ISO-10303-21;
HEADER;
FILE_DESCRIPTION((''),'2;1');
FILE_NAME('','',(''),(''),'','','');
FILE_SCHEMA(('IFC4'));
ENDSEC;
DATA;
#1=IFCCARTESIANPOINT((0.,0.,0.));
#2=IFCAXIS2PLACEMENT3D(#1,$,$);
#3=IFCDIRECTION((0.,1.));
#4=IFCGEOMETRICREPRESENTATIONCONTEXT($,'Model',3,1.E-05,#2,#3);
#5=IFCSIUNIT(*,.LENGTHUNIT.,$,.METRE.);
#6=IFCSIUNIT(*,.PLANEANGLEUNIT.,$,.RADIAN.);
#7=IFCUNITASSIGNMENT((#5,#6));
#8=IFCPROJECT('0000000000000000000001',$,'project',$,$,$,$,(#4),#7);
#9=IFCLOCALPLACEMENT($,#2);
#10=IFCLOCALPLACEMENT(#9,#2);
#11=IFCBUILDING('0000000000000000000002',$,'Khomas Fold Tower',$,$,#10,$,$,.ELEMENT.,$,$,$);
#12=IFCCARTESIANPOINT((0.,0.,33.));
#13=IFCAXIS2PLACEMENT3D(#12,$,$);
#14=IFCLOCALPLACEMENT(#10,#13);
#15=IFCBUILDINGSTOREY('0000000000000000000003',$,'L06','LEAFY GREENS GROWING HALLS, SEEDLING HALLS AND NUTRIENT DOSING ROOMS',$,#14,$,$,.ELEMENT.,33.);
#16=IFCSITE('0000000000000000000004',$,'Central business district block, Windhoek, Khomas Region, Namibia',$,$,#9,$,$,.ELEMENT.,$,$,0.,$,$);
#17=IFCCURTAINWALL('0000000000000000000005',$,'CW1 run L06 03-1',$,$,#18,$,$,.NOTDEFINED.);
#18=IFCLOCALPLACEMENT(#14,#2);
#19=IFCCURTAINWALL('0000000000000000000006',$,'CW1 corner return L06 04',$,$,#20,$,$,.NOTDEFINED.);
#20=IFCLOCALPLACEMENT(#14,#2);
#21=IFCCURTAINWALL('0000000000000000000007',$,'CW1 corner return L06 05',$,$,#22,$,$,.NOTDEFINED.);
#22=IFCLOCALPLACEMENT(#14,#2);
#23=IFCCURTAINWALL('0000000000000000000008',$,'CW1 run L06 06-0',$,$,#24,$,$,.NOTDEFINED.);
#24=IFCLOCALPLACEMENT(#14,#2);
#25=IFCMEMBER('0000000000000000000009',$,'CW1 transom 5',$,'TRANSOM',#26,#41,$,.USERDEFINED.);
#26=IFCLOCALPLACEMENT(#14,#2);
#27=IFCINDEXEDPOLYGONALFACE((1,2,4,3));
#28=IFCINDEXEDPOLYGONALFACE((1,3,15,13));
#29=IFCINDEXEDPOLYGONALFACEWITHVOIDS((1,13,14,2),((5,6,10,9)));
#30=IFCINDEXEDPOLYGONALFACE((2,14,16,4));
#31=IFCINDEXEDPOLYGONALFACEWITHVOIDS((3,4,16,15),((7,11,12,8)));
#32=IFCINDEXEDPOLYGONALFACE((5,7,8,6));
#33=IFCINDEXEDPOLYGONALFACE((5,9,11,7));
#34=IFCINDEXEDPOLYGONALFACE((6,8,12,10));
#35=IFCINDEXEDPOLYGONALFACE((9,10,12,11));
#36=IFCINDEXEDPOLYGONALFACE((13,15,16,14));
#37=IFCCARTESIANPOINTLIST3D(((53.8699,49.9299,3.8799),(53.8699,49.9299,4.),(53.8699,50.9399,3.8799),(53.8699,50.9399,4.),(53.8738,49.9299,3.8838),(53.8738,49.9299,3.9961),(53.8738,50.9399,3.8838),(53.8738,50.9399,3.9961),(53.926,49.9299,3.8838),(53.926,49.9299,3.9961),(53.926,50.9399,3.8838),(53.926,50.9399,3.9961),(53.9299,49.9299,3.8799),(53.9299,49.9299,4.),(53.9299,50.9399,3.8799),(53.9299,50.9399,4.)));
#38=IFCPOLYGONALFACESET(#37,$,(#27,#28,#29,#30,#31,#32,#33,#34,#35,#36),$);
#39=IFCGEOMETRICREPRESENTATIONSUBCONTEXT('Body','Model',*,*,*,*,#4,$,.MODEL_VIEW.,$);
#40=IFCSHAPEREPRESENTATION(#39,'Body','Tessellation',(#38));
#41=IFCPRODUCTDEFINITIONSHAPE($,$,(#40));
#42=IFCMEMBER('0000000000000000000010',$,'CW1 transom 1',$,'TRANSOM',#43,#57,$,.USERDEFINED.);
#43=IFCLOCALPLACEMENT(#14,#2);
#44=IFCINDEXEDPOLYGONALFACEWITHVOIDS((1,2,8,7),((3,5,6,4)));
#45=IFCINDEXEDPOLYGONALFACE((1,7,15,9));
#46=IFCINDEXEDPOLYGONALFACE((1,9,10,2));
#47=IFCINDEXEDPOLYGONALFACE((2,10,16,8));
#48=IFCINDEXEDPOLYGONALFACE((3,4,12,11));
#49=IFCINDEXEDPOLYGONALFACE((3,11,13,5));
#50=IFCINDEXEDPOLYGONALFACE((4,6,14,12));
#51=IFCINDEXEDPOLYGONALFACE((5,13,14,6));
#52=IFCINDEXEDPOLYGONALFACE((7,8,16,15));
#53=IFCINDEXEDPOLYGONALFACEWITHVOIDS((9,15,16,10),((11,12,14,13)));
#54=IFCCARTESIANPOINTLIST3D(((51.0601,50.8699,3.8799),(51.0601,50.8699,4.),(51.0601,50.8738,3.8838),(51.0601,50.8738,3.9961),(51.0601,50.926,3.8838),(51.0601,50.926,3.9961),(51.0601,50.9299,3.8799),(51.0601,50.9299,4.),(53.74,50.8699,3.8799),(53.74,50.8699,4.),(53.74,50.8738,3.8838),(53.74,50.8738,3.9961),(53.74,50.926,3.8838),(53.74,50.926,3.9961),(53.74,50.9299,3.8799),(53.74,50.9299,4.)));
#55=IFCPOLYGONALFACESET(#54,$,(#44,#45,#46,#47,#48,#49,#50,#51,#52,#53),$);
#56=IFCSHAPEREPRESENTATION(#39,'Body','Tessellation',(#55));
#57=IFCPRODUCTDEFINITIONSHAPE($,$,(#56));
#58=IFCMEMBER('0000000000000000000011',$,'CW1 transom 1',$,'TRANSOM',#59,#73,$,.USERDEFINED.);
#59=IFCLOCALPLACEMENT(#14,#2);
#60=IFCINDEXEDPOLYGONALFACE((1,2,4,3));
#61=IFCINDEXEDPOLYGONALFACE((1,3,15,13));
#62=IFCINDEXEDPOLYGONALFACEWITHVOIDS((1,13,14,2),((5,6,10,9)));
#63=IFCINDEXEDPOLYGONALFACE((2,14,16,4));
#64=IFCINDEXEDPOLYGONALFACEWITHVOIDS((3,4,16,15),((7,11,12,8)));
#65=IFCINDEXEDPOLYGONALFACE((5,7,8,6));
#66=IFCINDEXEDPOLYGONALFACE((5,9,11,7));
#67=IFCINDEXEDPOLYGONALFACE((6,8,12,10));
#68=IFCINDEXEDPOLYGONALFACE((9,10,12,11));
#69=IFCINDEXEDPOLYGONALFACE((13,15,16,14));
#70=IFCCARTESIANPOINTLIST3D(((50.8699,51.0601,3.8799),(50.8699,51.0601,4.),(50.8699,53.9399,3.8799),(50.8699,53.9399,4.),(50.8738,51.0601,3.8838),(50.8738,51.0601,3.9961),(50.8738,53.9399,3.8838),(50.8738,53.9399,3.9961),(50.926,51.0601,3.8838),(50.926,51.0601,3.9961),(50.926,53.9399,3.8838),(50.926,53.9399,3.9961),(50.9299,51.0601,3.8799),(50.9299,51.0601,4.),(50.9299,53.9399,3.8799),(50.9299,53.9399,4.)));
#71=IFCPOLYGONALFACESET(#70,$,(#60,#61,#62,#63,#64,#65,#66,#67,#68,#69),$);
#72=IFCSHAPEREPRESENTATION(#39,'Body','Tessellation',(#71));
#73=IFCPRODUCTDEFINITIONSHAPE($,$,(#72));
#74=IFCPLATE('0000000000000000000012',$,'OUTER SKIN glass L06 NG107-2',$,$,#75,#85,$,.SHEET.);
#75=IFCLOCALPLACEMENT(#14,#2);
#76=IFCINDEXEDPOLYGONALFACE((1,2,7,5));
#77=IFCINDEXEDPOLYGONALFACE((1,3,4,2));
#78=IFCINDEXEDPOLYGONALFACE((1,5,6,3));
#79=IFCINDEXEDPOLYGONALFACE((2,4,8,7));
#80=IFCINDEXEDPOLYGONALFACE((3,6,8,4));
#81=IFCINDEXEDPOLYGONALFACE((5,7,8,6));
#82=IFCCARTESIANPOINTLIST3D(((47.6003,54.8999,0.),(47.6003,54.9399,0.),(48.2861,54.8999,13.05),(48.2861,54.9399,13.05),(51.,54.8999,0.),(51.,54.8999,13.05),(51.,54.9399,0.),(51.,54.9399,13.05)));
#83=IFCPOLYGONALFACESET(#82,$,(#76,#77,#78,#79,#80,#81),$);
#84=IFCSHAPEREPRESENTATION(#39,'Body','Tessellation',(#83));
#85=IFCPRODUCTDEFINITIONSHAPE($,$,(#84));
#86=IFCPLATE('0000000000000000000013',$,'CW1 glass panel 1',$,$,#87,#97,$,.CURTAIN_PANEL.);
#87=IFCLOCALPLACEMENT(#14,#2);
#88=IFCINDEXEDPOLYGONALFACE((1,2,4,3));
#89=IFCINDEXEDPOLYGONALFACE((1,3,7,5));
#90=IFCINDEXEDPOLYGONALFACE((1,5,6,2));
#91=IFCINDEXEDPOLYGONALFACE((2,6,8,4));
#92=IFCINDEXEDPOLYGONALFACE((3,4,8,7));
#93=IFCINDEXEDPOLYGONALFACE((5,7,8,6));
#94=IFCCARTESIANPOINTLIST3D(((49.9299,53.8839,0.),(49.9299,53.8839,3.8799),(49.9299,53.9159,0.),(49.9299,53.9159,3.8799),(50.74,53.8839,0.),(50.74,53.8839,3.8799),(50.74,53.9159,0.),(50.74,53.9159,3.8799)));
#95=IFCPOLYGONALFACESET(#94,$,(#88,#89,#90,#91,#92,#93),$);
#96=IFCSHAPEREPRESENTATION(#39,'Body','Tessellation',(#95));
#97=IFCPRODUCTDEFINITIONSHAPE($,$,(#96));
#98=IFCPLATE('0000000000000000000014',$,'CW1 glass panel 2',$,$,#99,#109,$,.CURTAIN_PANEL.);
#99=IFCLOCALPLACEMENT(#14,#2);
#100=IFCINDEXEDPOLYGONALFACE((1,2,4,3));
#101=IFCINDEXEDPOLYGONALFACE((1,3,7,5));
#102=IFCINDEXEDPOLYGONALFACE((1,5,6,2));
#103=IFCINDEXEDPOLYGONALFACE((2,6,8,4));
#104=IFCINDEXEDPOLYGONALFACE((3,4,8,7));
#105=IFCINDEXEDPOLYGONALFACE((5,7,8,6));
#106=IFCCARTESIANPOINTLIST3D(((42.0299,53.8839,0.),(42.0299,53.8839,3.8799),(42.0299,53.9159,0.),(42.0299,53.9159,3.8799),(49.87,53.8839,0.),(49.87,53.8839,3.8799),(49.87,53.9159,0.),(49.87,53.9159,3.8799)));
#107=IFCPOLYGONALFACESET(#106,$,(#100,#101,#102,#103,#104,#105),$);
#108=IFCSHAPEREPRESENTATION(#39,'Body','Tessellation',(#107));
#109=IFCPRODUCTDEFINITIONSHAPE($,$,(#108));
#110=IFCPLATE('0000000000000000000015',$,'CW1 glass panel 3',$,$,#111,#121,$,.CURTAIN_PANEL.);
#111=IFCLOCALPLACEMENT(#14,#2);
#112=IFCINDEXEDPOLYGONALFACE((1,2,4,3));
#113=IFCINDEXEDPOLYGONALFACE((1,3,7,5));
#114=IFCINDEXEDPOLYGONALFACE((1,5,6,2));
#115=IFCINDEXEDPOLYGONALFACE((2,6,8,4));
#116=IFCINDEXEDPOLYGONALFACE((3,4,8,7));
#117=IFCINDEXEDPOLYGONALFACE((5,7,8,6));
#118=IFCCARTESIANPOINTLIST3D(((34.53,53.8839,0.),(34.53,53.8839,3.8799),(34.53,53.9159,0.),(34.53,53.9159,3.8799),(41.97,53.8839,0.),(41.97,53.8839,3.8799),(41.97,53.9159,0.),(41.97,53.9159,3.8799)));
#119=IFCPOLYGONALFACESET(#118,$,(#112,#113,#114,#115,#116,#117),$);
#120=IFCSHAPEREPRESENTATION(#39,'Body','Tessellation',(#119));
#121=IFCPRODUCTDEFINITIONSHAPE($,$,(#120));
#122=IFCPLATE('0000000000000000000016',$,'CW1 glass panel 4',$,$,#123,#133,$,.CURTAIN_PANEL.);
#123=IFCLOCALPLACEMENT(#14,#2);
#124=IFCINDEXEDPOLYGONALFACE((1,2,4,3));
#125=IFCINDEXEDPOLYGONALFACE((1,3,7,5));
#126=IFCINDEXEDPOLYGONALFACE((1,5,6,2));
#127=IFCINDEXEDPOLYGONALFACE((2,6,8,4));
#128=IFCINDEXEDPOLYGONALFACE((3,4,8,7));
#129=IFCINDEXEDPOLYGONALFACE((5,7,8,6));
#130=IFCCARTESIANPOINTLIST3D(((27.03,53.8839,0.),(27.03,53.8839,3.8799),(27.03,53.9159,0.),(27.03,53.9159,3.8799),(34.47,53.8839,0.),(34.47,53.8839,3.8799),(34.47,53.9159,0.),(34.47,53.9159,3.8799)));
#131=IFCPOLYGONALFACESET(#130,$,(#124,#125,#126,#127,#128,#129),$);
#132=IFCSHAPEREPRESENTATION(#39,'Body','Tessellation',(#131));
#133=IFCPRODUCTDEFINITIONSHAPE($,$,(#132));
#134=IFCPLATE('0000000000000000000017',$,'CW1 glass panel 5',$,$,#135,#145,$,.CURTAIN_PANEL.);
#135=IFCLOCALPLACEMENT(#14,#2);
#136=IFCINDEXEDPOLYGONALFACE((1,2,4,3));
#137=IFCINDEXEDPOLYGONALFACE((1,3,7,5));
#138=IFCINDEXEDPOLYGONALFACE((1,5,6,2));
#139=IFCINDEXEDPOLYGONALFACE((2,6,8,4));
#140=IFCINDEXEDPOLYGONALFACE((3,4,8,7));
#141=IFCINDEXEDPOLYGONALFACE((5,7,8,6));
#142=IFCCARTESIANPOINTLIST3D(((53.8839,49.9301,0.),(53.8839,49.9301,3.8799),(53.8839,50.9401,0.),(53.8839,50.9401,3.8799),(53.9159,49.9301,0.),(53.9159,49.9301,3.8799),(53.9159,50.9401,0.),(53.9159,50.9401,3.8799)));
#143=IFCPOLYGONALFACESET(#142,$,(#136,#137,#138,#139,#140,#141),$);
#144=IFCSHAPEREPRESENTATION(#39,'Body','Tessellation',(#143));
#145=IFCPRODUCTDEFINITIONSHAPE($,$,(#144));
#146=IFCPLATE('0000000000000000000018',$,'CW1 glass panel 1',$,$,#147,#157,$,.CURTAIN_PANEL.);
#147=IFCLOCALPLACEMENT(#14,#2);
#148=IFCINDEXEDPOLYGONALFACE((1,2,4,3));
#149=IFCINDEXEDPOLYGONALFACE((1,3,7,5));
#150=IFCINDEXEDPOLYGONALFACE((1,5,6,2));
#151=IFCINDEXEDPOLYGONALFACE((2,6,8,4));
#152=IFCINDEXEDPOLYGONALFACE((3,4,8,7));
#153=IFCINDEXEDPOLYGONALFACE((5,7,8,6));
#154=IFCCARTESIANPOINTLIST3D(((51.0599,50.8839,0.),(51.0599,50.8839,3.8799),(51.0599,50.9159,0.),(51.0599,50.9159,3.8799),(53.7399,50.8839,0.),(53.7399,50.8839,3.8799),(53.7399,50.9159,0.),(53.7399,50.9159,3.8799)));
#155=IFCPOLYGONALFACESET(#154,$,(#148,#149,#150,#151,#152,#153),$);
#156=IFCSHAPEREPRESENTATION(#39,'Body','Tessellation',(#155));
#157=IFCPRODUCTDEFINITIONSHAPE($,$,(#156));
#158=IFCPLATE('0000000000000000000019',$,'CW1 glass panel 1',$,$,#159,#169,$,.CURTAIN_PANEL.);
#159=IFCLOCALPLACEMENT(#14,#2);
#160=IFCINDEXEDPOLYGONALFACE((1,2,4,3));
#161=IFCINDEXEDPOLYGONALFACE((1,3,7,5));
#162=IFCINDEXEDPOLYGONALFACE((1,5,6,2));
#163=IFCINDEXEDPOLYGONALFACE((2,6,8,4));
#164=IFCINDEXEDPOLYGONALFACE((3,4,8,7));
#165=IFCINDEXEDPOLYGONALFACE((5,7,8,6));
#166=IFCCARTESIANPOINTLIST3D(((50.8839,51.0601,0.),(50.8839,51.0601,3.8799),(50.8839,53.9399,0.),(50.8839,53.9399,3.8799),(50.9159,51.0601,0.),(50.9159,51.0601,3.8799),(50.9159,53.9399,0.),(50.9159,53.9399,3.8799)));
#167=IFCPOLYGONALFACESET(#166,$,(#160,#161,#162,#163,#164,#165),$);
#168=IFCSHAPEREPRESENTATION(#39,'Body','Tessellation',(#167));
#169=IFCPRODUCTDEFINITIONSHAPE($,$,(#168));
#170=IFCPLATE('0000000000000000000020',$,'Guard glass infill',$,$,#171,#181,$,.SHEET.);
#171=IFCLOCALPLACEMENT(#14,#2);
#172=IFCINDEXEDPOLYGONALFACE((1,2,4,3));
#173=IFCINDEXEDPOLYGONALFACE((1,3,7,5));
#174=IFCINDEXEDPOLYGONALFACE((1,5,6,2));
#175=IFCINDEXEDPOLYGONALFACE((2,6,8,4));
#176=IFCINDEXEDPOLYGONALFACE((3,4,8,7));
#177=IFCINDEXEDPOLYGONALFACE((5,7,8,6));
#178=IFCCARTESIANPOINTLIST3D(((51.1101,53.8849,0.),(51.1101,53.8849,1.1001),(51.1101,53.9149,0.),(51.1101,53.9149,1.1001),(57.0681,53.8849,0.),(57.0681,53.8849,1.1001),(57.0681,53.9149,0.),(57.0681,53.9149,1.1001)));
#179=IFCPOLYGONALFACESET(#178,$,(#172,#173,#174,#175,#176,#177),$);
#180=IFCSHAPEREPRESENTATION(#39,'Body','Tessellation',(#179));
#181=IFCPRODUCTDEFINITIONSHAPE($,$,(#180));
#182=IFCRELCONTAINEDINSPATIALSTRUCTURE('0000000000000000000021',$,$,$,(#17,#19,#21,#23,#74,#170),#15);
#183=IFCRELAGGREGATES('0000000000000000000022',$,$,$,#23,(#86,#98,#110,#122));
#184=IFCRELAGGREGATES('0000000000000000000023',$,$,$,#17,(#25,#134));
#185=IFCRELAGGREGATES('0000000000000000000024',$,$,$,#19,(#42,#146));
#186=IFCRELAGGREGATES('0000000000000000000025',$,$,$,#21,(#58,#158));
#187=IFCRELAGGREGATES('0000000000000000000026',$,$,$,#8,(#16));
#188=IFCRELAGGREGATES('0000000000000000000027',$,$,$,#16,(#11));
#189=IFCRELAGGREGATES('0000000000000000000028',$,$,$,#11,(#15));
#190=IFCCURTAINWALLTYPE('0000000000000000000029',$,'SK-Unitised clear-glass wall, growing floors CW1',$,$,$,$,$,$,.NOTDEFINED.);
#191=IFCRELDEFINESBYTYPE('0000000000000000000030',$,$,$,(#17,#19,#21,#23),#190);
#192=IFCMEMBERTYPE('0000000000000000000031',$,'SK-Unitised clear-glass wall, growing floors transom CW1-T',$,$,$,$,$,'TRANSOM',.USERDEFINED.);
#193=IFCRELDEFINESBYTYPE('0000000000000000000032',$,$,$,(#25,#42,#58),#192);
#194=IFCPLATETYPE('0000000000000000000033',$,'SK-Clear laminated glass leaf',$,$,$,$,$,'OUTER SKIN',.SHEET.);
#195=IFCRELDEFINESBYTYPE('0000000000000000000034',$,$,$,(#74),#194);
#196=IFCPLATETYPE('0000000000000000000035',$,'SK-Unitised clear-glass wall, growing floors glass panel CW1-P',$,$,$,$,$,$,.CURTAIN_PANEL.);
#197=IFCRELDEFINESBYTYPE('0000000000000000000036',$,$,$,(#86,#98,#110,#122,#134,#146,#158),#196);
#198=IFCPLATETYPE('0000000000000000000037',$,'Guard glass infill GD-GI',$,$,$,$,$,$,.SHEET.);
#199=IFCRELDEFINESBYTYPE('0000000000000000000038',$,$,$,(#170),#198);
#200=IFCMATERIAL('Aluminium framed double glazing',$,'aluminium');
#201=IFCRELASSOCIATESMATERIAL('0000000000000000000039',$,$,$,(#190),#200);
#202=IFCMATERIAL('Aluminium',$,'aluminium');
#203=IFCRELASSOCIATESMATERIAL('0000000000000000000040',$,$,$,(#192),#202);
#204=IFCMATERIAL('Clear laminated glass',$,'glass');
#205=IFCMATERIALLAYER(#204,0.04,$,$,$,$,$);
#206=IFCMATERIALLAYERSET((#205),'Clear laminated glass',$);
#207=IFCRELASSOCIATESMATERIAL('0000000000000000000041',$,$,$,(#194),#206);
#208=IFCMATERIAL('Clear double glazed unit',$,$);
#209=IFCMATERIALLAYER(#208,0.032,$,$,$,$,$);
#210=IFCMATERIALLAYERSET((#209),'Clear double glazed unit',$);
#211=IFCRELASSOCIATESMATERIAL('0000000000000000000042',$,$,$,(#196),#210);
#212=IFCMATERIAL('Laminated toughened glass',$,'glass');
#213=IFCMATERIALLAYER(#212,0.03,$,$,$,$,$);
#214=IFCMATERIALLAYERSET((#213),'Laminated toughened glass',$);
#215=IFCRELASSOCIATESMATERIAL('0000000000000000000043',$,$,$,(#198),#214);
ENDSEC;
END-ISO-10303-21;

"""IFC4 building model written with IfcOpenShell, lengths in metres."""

from ifc_helpers import new_model, si_unit, direction, frame, origin, origin_2d, place, context, subcontext, project, spatial, polyline, rectangle, hollow_rectangle, outline, extrude, source, transform, mapped, material, layer, layer_set, material_profile, profile_set, type_object, element, aggregate, save


model = new_model("IFC4")

# Units and contexts
model_context = context("Model", 3, precision=1e-05, world=origin(), true_north=direction((0.0, 1.0)))
body_context = subcontext(model_context, "Body", "Model", "MODEL_VIEW")
ifc_project = project(units=[si_unit("LENGTHUNIT", "METRE"), si_unit("PLANEANGLEUNIT", "RADIAN")], contexts=[model_context])

# Site, building, storey
site_placement = place(None, origin())
site = spatial("IfcSite", under=ifc_project, at=site_placement, Name="Central business district block, Windhoek, Khomas Region, Namibia", CompositionType="ELEMENT", RefElevation=0.0)
building_placement = place(site_placement, origin())
building = spatial("IfcBuilding", under=site, at=building_placement, Name="Khomas Fold Tower", CompositionType="ELEMENT")
storey_placement = place(building_placement, frame((0.0, 0.0, 33.0)))
storey = spatial("IfcBuildingStorey", under=building, at=storey_placement, Name="L06", Description="LEAFY GREENS GROWING HALLS, SEEDLING HALLS AND NUTRIENT DOSING ROOMS", CompositionType="ELEMENT", Elevation=33.0)

# Curtain walls
ifc_material_1 = material(Name="Aluminium framed double glazing", Category="aluminium")
curtain_wall_type = type_object("IfcCurtainWallType", Name="SK-Unitised clear-glass wall, growing floors CW1", PredefinedType="NOTDEFINED", material=ifc_material_1)
curtain_wall_1_placement = place(storey_placement, origin())
curtain_wall_1 = element("IfcCurtainWall", 1, at=curtain_wall_1_placement, inside=storey, type_object=curtain_wall_type, Name="CW1 run L06 03-1", PredefinedType="NOTDEFINED")
curtain_wall_2_placement = place(storey_placement, origin())
curtain_wall_2 = element("IfcCurtainWall", 2, at=curtain_wall_2_placement, inside=storey, type_object=curtain_wall_type, Name="CW1 corner return L06 04", PredefinedType="NOTDEFINED")
curtain_wall_3_placement = place(storey_placement, origin())
curtain_wall_3 = element("IfcCurtainWall", 3, at=curtain_wall_3_placement, inside=storey, type_object=curtain_wall_type, Name="CW1 corner return L06 05", PredefinedType="NOTDEFINED")
curtain_wall_4_placement = place(storey_placement, origin())
curtain_wall_4 = element("IfcCurtainWall", 4, at=curtain_wall_4_placement, inside=storey, type_object=curtain_wall_type, Name="CW1 run L06 06-0", PredefinedType="NOTDEFINED")
ifc_material_2 = material(Name="Aluminium", Category="aluminium")
ifc_material_profile_1 = material_profile(ifc_material_2, hollow_rectangle(XDim=0.0601, YDim=0.1201, WallThickness=0.0039, at=origin_2d()), Name="SK-Unitised clear-glass wall, growing floors transom CW1-T")
ifc_profile_set_1 = profile_set([ifc_material_profile_1], Name="Aluminium")
member_type_1 = type_object("IfcMemberType", Name="SK-Unitised clear-glass wall, growing floors transom CW1-T", ElementType="TRANSOM", PredefinedType="USERDEFINED", material=ifc_profile_set_1)

# Members
shared_shape_1 = source(origin(), body_context, "Body", "SweptSolid", [
    extrude(hollow_rectangle(XDim=0.0601, YDim=0.1201, WallThickness=0.0039, at=origin_2d()), origin(), (0.0, 0.0, 1.0), 1.01),
])
member_1_placement = place(storey_placement, frame((53.8999, 49.9299, 3.9399), z_axis=(0.0, 1.0, 0.0), x_axis=(-1.0, 0.0, 0.0)))
member_1 = element("IfcMember", 5, at=member_1_placement, type_object=member_type_1, Name="CW1 transom 5", ObjectType="TRANSOM", PredefinedType="USERDEFINED", context=body_context, shape_type="MappedRepresentation", body=[
    mapped(shared_shape_1, transform((0.0, 0.0, 0.0))),
])
shared_shape_2 = source(origin(), body_context, "Body", "SweptSolid", [
    extrude(hollow_rectangle(XDim=0.0601, YDim=0.1201, WallThickness=0.0039, at=origin_2d()), origin(), (0.0, 0.0, 1.0), 2.6799),
])
member_2_placement = place(storey_placement, frame((53.74, 50.8999, 3.9399), z_axis=(-1.0, 0.0, 0.0), x_axis=(0.0, -1.0, 0.0)))
member_2 = element("IfcMember", 6, at=member_2_placement, type_object=member_type_1, Name="CW1 transom 1", ObjectType="TRANSOM", PredefinedType="USERDEFINED", context=body_context, shape_type="MappedRepresentation", body=[
    mapped(shared_shape_2, transform((0.0, 0.0, 0.0))),
])
shared_shape_3 = source(origin(), body_context, "Body", "SweptSolid", [
    extrude(hollow_rectangle(XDim=0.0601, YDim=0.1201, WallThickness=0.0039, at=origin_2d()), origin(), (0.0, 0.0, 1.0), 2.8799),
])
member_3_placement = place(storey_placement, frame((50.8999, 51.0601, 3.9399), z_axis=(0.0, 1.0, 0.0), x_axis=(-1.0, 0.0, 0.0)))
member_3 = element("IfcMember", 7, at=member_3_placement, type_object=member_type_1, Name="CW1 transom 1", ObjectType="TRANSOM", PredefinedType="USERDEFINED", context=body_context, shape_type="MappedRepresentation", body=[
    mapped(shared_shape_3, transform((0.0, 0.0, 0.0))),
])

# Plates
ifc_material_3 = material(Name="Clear laminated glass", Category="glass")
ifc_layer_1 = layer(ifc_material_3, 0.04)
ifc_layer_set_1 = layer_set([ifc_layer_1], Name="Clear laminated glass")
plate_type_1 = type_object("IfcPlateType", Name="SK-Clear laminated glass leaf", ElementType="OUTER SKIN", PredefinedType="SHEET", material=ifc_layer_set_1)
plate_1_placement = place(storey_placement, frame((47.6003, 54.9399, 0.0), z_axis=(0.0, 1.0, 0.0), x_axis=(0.052478, 0.0, 0.998622)))
element("IfcPlate", 8, at=plate_1_placement, inside=storey, type_object=plate_type_1, Name="OUTER SKIN glass L06 NG107-2", PredefinedType="SHEET", context=body_context, shape_type="SweptSolid", body=[
    extrude(outline(polyline([(0.0, 0.0), (13.0681, 0.0), (13.2105, 2.7101), (0.1784, 3.395), (0.0, 0.0)])), origin(), (0.0, 0.0, -1.0), 0.04),
])
ifc_material_4 = material(Name="Clear double glazed unit")
ifc_layer_2 = layer(ifc_material_4, 0.032)
ifc_layer_set_2 = layer_set([ifc_layer_2], Name="Clear double glazed unit")
plate_type_2 = type_object("IfcPlateType", Name="SK-Unitised clear-glass wall, growing floors glass panel CW1-P", PredefinedType="CURTAIN_PANEL", material=ifc_layer_set_2)
shared_shape_4 = source(origin(), body_context, "Body", "SweptSolid", [
    extrude(rectangle(XDim=0.8101, YDim=0.032, at=origin_2d()), origin(), (0.0, 0.0, 1.0), 3.8799),
])
plate_2_placement = place(storey_placement, frame((50.335, 53.8999, 0.0), z_axis=(0.0, 0.0, 1.0), x_axis=(-1.0, 0.0, 0.0)))
plate_2 = element("IfcPlate", 9, at=plate_2_placement, type_object=plate_type_2, Name="CW1 glass panel 1", PredefinedType="CURTAIN_PANEL", context=body_context, shape_type="MappedRepresentation", body=[
    mapped(shared_shape_4, transform((0.0, 0.0, 0.0))),
])
shared_shape_5 = source(origin(), body_context, "Body", "SweptSolid", [
    extrude(rectangle(XDim=7.8401, YDim=0.032, at=origin_2d()), origin(), (0.0, 0.0, 1.0), 3.8799),
])
plate_3_placement = place(storey_placement, frame((45.95, 53.8999, 0.0), z_axis=(0.0, 0.0, 1.0), x_axis=(-1.0, 0.0, 0.0)))
plate_3 = element("IfcPlate", 10, at=plate_3_placement, type_object=plate_type_2, Name="CW1 glass panel 2", PredefinedType="CURTAIN_PANEL", context=body_context, shape_type="MappedRepresentation", body=[
    mapped(shared_shape_5, transform((0.0, 0.0, 0.0))),
])
shared_shape_6 = source(origin(), body_context, "Body", "SweptSolid", [
    extrude(rectangle(XDim=7.4399, YDim=0.032, at=origin_2d()), origin(), (0.0, 0.0, 1.0), 3.8799),
])
plate_4_placement = place(storey_placement, frame((38.25, 53.8999, 0.0), z_axis=(0.0, 0.0, 1.0), x_axis=(-1.0, 0.0, 0.0)))
plate_4 = element("IfcPlate", 11, at=plate_4_placement, type_object=plate_type_2, Name="CW1 glass panel 3", PredefinedType="CURTAIN_PANEL", context=body_context, shape_type="MappedRepresentation", body=[
    mapped(shared_shape_6, transform((0.0, 0.0, 0.0))),
])
plate_5_placement = place(storey_placement, frame((30.75, 53.8999, 0.0), z_axis=(0.0, 0.0, 1.0), x_axis=(-1.0, 0.0, 0.0)))
plate_5 = element("IfcPlate", 12, at=plate_5_placement, type_object=plate_type_2, Name="CW1 glass panel 4", PredefinedType="CURTAIN_PANEL", context=body_context, shape_type="MappedRepresentation", body=[
    mapped(shared_shape_6, transform((0.0, 0.0, 0.0))),
])
aggregate(curtain_wall_4, [plate_2, plate_3, plate_4, plate_5])
shared_shape_7 = source(origin(), body_context, "Body", "SweptSolid", [
    extrude(rectangle(XDim=1.01, YDim=0.032, at=origin_2d()), origin(), (0.0, 0.0, 1.0), 3.8799),
])
plate_6_placement = place(storey_placement, frame((53.8999, 50.4351, 0.0), z_axis=(0.0, 0.0, 1.0), x_axis=(0.0, 1.0, 0.0)))
plate_6 = element("IfcPlate", 13, at=plate_6_placement, type_object=plate_type_2, Name="CW1 glass panel 5", PredefinedType="CURTAIN_PANEL", context=body_context, shape_type="MappedRepresentation", body=[
    mapped(shared_shape_7, transform((0.0, 0.0, 0.0))),
])
aggregate(curtain_wall_1, [member_1, plate_6])
shared_shape_8 = source(origin(), body_context, "Body", "SweptSolid", [
    extrude(rectangle(XDim=2.6799, YDim=0.032, at=origin_2d()), origin(), (0.0, 0.0, 1.0), 3.8799),
])
plate_7_placement = place(storey_placement, frame((52.3999, 50.8999, 0.0), z_axis=(0.0, 0.0, 1.0), x_axis=(-1.0, 0.0, 0.0)))
plate_7 = element("IfcPlate", 14, at=plate_7_placement, type_object=plate_type_2, Name="CW1 glass panel 1", PredefinedType="CURTAIN_PANEL", context=body_context, shape_type="MappedRepresentation", body=[
    mapped(shared_shape_8, transform((0.0, 0.0, 0.0))),
])
aggregate(curtain_wall_2, [member_2, plate_7])
shared_shape_9 = source(origin(), body_context, "Body", "SweptSolid", [
    extrude(rectangle(XDim=2.8799, YDim=0.032, at=origin_2d()), origin(), (0.0, 0.0, 1.0), 3.8799),
])
plate_8_placement = place(storey_placement, frame((50.8999, 52.5, 0.0), z_axis=(0.0, 0.0, 1.0), x_axis=(0.0, 1.0, 0.0)))
plate_8 = element("IfcPlate", 15, at=plate_8_placement, type_object=plate_type_2, Name="CW1 glass panel 1", PredefinedType="CURTAIN_PANEL", context=body_context, shape_type="MappedRepresentation", body=[
    mapped(shared_shape_9, transform((0.0, 0.0, 0.0))),
])
aggregate(curtain_wall_3, [member_3, plate_8])
ifc_material_5 = material(Name="Laminated toughened glass", Category="glass")
ifc_layer_3 = layer(ifc_material_5, 0.03)
ifc_layer_set_3 = layer_set([ifc_layer_3], Name="Laminated toughened glass")
plate_type_3 = type_object("IfcPlateType", Name="Guard glass infill GD-GI", PredefinedType="SHEET", material=ifc_layer_set_3)
shared_shape_10 = source(origin(), body_context, "Body", "SweptSolid", [
    extrude(rectangle(XDim=5.958, YDim=0.03, at=origin_2d()), origin(), (0.0, 0.0, 1.0), 1.1001),
])
plate_9_placement = place(storey_placement, frame((54.0891, 53.8999, 0.0), z_axis=(0.0, 0.0, 1.0), x_axis=(1.0, 0.0, 0.0)))
element("IfcPlate", 16, at=plate_9_placement, inside=storey, type_object=plate_type_3, Name="Guard glass infill", PredefinedType="SHEET", context=body_context, shape_type="MappedRepresentation", body=[
    mapped(shared_shape_10, transform((0.0, 0.0, 0.0))),
])

save(model, "model.ifc")
